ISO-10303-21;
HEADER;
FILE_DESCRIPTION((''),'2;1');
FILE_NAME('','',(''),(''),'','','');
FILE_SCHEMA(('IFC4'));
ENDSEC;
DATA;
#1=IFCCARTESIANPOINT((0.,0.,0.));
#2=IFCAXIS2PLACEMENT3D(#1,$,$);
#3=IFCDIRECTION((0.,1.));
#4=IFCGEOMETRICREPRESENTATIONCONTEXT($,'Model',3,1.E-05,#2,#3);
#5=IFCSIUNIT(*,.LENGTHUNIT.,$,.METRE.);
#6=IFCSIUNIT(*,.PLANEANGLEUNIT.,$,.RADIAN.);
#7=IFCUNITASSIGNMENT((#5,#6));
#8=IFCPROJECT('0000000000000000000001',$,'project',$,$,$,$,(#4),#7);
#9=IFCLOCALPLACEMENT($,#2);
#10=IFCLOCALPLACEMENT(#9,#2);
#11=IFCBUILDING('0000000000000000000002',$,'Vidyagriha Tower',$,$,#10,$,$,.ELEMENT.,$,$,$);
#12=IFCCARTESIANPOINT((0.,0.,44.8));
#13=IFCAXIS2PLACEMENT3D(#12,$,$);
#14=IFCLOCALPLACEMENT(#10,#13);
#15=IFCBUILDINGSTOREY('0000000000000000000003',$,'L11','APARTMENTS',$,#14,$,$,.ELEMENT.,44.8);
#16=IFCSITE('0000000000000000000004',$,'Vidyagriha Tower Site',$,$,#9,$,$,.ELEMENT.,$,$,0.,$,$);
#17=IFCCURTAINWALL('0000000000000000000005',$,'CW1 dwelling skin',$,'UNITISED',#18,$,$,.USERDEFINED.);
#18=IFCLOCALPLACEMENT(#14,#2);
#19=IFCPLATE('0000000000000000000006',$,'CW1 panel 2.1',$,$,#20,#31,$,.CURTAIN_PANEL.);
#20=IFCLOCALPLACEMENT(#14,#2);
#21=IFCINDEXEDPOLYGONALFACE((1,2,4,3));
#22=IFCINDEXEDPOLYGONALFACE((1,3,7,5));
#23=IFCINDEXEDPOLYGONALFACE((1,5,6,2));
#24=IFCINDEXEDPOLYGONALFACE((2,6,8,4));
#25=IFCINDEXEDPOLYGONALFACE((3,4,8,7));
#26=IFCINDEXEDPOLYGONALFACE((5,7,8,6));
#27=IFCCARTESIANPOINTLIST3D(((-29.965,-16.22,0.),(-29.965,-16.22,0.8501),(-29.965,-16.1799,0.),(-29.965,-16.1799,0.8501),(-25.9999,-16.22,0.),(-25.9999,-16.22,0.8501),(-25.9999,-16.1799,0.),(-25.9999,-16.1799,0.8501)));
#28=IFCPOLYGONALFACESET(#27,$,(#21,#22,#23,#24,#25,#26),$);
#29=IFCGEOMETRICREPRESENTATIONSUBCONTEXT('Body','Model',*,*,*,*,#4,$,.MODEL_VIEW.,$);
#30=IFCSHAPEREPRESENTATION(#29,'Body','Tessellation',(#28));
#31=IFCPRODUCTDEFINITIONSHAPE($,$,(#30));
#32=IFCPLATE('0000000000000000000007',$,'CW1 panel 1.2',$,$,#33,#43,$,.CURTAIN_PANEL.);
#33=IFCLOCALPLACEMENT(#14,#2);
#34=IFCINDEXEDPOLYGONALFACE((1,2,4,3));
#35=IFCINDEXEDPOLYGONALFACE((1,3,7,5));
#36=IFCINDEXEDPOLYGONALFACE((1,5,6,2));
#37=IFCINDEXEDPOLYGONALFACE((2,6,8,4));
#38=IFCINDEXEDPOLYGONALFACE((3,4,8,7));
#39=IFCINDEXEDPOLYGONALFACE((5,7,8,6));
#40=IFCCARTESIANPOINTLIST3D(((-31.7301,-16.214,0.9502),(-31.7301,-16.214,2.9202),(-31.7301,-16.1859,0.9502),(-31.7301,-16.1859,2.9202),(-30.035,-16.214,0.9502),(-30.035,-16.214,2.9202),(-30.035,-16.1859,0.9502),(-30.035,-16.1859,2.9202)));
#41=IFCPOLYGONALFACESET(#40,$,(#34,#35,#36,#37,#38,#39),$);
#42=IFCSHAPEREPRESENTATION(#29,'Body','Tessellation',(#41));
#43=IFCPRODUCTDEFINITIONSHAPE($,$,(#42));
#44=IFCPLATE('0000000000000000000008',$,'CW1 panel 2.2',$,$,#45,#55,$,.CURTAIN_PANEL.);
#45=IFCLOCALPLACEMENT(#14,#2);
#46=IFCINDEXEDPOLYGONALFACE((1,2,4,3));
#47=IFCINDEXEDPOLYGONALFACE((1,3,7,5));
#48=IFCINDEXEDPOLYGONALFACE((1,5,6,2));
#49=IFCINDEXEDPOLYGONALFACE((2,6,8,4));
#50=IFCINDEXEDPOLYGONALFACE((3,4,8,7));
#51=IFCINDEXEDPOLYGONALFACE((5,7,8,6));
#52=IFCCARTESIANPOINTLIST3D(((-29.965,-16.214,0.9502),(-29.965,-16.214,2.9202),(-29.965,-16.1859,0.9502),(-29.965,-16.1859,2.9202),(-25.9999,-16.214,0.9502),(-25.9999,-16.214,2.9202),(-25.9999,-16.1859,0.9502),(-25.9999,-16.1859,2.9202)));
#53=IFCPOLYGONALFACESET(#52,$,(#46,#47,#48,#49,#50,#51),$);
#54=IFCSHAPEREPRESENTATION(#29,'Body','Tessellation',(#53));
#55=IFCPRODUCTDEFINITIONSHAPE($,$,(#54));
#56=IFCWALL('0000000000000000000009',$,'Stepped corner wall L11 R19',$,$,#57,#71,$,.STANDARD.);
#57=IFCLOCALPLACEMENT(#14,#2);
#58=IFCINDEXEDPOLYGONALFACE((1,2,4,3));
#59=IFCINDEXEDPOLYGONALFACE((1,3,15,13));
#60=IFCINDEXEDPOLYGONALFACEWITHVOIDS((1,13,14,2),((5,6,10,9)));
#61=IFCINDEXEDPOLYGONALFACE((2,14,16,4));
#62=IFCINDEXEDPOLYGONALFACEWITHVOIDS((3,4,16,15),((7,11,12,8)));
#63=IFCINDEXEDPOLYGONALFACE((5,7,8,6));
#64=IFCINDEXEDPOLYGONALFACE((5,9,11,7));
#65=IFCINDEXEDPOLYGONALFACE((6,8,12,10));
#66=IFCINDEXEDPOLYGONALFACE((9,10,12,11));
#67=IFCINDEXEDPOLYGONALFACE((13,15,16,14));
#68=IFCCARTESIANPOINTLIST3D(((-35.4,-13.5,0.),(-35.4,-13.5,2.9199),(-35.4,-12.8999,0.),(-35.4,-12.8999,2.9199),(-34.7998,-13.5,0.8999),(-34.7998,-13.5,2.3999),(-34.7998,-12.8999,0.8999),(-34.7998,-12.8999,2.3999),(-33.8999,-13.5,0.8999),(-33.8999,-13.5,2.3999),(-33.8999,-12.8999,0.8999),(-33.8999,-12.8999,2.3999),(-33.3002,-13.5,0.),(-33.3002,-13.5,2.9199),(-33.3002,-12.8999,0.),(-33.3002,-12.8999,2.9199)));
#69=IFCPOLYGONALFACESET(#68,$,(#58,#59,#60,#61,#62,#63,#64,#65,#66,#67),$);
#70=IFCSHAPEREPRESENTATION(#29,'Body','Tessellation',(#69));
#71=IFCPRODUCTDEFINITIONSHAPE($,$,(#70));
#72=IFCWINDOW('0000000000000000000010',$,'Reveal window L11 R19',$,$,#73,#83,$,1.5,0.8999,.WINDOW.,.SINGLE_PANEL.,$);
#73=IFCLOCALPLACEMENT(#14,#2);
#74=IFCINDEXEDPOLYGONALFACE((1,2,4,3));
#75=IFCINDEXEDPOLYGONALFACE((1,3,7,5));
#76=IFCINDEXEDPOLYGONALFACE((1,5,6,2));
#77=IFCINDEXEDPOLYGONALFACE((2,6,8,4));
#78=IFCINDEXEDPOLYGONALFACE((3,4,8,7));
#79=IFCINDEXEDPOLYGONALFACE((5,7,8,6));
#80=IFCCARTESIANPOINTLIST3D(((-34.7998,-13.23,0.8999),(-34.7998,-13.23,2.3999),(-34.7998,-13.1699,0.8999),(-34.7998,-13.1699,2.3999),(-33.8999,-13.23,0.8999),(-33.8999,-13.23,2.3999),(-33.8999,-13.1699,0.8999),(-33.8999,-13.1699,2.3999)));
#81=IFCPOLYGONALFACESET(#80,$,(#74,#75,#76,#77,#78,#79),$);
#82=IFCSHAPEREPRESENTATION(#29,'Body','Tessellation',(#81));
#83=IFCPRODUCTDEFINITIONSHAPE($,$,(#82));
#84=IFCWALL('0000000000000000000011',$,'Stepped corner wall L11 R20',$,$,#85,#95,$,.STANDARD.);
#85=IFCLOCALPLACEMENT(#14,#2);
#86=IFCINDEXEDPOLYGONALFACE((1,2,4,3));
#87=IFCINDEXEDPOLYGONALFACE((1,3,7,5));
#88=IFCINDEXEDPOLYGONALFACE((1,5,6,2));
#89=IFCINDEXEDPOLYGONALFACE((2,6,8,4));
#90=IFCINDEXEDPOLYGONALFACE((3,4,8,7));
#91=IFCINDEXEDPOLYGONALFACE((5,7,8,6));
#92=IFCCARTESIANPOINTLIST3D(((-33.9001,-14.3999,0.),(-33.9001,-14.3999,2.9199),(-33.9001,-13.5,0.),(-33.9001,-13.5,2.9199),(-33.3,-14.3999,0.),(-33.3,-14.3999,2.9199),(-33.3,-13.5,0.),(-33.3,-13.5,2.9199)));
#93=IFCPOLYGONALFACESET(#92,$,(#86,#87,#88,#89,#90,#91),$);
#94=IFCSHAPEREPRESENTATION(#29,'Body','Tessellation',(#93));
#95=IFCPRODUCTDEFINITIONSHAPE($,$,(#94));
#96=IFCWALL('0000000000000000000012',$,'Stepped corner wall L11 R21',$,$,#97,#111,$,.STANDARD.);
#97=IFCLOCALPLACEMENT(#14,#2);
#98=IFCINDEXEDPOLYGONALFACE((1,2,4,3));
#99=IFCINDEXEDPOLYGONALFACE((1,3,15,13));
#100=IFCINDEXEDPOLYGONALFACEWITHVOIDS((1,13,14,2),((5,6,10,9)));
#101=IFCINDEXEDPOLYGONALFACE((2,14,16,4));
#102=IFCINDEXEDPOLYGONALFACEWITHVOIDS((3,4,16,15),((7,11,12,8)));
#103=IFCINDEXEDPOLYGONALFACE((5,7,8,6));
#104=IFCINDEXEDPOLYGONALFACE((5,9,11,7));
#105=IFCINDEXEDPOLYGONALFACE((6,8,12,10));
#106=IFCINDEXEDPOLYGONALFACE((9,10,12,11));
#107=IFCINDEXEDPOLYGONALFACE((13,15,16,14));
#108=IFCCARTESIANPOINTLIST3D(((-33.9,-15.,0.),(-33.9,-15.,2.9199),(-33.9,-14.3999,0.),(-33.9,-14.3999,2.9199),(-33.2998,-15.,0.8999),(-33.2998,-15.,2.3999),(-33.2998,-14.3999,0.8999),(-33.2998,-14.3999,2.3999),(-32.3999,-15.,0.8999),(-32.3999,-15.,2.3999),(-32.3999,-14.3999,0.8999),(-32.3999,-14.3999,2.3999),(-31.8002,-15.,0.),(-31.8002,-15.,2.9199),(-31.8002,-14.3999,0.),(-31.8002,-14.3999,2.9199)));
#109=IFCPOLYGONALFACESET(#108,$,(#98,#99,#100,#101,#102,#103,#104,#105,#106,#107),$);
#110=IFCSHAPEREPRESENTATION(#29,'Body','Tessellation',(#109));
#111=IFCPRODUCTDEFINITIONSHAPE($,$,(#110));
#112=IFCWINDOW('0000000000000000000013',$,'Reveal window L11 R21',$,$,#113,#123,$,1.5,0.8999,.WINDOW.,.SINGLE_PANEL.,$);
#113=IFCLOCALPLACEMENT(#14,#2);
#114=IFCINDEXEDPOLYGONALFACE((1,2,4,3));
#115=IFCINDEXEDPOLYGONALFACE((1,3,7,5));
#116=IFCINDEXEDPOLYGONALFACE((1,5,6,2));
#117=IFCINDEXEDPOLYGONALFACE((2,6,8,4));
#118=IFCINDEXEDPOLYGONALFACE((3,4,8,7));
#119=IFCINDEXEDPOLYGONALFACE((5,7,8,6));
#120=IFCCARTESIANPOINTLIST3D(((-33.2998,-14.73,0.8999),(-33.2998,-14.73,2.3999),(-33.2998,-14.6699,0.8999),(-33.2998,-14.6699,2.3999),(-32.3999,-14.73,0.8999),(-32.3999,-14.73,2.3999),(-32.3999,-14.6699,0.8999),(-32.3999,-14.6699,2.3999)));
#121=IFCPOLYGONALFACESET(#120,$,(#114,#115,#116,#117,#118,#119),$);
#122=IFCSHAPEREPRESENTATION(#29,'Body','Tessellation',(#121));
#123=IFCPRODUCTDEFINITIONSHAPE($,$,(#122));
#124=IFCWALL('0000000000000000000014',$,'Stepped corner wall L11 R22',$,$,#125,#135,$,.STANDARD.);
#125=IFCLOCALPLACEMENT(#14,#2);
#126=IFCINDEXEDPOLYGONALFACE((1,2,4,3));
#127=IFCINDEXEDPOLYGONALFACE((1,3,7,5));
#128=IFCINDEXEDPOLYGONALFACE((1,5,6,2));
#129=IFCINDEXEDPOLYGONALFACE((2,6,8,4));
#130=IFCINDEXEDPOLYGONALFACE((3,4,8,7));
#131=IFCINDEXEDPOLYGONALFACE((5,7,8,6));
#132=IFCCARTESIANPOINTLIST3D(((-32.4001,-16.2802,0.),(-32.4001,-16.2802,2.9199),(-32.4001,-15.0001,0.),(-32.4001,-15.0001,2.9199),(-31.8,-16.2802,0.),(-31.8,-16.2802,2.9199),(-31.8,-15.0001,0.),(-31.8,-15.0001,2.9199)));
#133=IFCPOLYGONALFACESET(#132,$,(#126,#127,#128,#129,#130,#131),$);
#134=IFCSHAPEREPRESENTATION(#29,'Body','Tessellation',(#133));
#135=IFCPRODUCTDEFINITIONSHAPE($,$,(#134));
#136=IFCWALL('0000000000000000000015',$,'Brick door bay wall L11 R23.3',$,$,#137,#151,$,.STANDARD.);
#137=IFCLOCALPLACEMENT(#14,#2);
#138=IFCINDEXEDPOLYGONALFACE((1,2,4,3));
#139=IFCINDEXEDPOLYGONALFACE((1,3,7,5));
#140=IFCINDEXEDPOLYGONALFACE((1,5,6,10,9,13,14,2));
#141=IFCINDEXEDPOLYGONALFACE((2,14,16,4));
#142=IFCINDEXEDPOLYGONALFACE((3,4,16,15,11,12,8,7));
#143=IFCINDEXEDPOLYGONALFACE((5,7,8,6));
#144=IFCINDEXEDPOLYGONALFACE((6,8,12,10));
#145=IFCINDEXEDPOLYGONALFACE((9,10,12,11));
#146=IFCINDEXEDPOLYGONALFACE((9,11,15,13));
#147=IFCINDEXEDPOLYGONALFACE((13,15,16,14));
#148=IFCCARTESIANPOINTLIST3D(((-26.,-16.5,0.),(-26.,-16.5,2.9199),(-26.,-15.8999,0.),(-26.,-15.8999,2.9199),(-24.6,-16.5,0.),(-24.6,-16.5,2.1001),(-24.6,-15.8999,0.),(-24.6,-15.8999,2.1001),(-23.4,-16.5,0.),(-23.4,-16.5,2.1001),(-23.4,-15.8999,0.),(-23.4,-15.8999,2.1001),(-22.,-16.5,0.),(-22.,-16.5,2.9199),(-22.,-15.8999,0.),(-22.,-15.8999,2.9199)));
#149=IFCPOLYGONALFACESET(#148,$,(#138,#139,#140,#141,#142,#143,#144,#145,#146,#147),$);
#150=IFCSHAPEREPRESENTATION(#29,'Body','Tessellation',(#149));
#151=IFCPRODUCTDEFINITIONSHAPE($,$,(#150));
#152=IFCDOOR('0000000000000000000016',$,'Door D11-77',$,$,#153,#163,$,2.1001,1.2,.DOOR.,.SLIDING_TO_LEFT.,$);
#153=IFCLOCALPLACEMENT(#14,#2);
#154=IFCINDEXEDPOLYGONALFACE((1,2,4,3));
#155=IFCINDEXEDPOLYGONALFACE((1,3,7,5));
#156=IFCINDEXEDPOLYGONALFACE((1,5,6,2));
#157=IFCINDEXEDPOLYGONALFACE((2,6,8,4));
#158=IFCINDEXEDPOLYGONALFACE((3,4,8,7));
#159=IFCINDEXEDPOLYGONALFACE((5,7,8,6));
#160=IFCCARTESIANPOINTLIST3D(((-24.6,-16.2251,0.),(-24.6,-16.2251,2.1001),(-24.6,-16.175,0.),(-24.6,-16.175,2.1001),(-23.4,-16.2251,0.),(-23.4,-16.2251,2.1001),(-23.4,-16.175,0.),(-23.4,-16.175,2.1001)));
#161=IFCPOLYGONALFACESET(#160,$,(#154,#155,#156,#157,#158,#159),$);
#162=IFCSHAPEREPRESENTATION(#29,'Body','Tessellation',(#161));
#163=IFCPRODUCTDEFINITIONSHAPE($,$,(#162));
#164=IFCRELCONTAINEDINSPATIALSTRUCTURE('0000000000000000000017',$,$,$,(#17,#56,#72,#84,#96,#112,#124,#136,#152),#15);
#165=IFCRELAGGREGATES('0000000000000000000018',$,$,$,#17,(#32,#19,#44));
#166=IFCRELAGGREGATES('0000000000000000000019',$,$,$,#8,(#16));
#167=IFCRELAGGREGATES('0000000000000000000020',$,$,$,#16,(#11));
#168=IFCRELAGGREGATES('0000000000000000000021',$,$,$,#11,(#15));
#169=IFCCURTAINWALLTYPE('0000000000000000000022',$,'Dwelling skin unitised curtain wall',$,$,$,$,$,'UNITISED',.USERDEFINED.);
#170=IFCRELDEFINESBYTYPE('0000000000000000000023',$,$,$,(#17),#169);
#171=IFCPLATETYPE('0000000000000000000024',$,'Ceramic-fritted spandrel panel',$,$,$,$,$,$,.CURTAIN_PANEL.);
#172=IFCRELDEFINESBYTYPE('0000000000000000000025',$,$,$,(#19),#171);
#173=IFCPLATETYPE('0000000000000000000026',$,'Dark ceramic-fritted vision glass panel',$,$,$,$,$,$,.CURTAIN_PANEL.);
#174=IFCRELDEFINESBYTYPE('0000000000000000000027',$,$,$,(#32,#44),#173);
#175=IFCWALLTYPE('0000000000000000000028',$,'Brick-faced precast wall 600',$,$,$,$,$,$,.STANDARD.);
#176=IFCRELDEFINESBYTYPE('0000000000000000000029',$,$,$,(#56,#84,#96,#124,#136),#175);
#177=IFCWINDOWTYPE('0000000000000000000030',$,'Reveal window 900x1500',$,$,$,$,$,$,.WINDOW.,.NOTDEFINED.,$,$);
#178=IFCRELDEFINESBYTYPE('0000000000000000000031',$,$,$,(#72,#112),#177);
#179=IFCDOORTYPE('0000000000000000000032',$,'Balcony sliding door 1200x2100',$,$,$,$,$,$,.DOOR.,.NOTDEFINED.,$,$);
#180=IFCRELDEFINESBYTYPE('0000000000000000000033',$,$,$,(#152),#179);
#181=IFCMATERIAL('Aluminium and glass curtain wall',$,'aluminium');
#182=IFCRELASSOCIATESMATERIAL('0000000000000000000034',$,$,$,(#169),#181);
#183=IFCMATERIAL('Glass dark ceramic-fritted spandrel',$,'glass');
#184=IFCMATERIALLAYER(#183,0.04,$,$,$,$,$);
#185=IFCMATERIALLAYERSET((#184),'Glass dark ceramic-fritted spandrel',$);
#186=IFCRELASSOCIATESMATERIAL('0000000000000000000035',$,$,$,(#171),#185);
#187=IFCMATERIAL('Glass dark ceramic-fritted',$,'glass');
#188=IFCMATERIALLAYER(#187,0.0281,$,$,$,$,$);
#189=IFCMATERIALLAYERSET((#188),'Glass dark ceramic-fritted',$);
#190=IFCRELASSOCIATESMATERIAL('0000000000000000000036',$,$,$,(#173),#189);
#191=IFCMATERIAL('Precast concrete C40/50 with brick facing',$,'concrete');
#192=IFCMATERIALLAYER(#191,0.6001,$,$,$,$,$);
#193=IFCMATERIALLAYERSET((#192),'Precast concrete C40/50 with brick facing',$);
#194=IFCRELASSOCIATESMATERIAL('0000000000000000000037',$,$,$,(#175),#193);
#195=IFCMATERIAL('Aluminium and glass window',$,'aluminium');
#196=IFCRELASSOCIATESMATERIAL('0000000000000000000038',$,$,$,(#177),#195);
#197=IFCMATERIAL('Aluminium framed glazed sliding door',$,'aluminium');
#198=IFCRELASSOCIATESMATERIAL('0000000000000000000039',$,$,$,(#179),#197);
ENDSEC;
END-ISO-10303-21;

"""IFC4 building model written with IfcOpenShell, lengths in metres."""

from ifc_helpers import new_model, si_unit, direction, frame, frame_2d, origin, origin_2d, place, context, subcontext, project, spatial, rectangle, extrude, material, layer, layer_set, type_object, element, fill, aggregate, save


model = new_model("IFC4")

# Units and contexts
model_context = context("Model", 3, precision=1e-05, world=origin(), true_north=direction((0.0, 1.0)))
body_context = subcontext(model_context, "Body", "Model", "MODEL_VIEW")
ifc_project = project(units=[si_unit("LENGTHUNIT", "METRE"), si_unit("PLANEANGLEUNIT", "RADIAN")], contexts=[model_context])

# Site, building, storey
site_placement = place(None, origin())
site = spatial("IfcSite", under=ifc_project, at=site_placement, Name="Vidyagriha Tower Site", CompositionType="ELEMENT", RefElevation=0.0)
building_placement = place(site_placement, origin())
building = spatial("IfcBuilding", under=site, at=building_placement, Name="Vidyagriha Tower", CompositionType="ELEMENT")
storey_placement = place(building_placement, frame((0.0, 0.0, 44.8)))
storey = spatial("IfcBuildingStorey", under=building, at=storey_placement, Name="L11", Description="APARTMENTS", CompositionType="ELEMENT", Elevation=44.8)

# Curtain wall, plates
ifc_material_1 = material(Name="Aluminium and glass curtain wall", Category="aluminium")
curtain_wall_type = type_object("IfcCurtainWallType", Name="Dwelling skin unitised curtain wall", ElementType="UNITISED", PredefinedType="USERDEFINED", material=ifc_material_1)
curtain_wall_placement = place(storey_placement, origin())
curtain_wall = element("IfcCurtainWall", 1, at=curtain_wall_placement, inside=storey, type_object=curtain_wall_type, Name="CW1 dwelling skin", ObjectType="UNITISED", PredefinedType="USERDEFINED")
ifc_material_2 = material(Name="Glass dark ceramic-fritted spandrel", Category="glass")
ifc_layer_1 = layer(ifc_material_2, 0.04)
ifc_layer_set_1 = layer_set([ifc_layer_1], Name="Glass dark ceramic-fritted spandrel")
plate_type_1 = type_object("IfcPlateType", Name="Ceramic-fritted spandrel panel", PredefinedType="CURTAIN_PANEL", material=ifc_layer_set_1)
plate_1_placement = place(storey_placement, frame((-27.9824, -16.2, 0.0)))
plate_1 = element("IfcPlate", 2, at=plate_1_placement, type_object=plate_type_1, Name="CW1 panel 2.1", PredefinedType="CURTAIN_PANEL", context=body_context, shape_type="SweptSolid", body=[
    extrude(rectangle(XDim=3.9651, YDim=0.04, at=origin_2d()), origin(), (0.0, 0.0, 1.0), 0.8501),
])
ifc_material_3 = material(Name="Glass dark ceramic-fritted", Category="glass")
ifc_layer_2 = layer(ifc_material_3, 0.0281)
ifc_layer_set_2 = layer_set([ifc_layer_2], Name="Glass dark ceramic-fritted")
plate_type_2 = type_object("IfcPlateType", Name="Dark ceramic-fritted vision glass panel", PredefinedType="CURTAIN_PANEL", material=ifc_layer_set_2)
plate_2_placement = place(storey_placement, frame((-30.8826, -16.2, 0.9502)))
plate_2 = element("IfcPlate", 3, at=plate_2_placement, type_object=plate_type_2, Name="CW1 panel 1.2", PredefinedType="CURTAIN_PANEL", context=body_context, shape_type="SweptSolid", body=[
    extrude(rectangle(XDim=1.6951, YDim=0.0281, at=origin_2d()), origin(), (0.0, 0.0, 1.0), 1.97),
])
plate_3_placement = place(storey_placement, frame((-27.9824, -16.2, 0.9502)))
plate_3 = element("IfcPlate", 4, at=plate_3_placement, type_object=plate_type_2, Name="CW1 panel 2.2", PredefinedType="CURTAIN_PANEL", context=body_context, shape_type="SweptSolid", body=[
    extrude(rectangle(XDim=3.9651, YDim=0.0281, at=origin_2d()), origin(), (0.0, 0.0, 1.0), 1.97),
])
aggregate(curtain_wall, [plate_2, plate_1, plate_3])

# Wall, opening, window
ifc_material_4 = material(Name="Precast concrete C40/50 with brick facing", Category="concrete")
ifc_layer_3 = layer(ifc_material_4, 0.6001)
ifc_layer_set_3 = layer_set([ifc_layer_3], Name="Precast concrete C40/50 with brick facing")
wall_type = type_object("IfcWallType", Name="Brick-faced precast wall 600", PredefinedType="STANDARD", material=ifc_layer_set_3)
wall_1_placement = place(storey_placement, frame((-35.3999, -13.2, 0.0)))
wall_1 = element("IfcWall", 5, at=wall_1_placement, inside=storey, type_object=wall_type, Name="Stepped corner wall L11 R19", PredefinedType="STANDARD", context=body_context, shape_type="SweptSolid", body=[
    extrude(rectangle(XDim=2.0999, YDim=0.6001, at=frame_2d((1.0498, 0.0))), origin(), (0.0, 0.0, 1.0), 2.9199),
])
opening_1_placement = place(wall_1_placement, frame((0.6001, 0.0, 0.8999)))
opening_1 = element("IfcOpeningElement", 6, at=opening_1_placement, cuts=wall_1, PredefinedType="OPENING", context=body_context, shape_type="SweptSolid", body=[
    extrude(rectangle(XDim=0.8999, YDim=1.5, at=frame_2d((0.45, 0.75))), frame((0.0, 0.3101, 0.0), z_axis=(0.0, -1.0, 0.0), x_axis=(1.0, 0.0, 0.0)), (0.0, 0.0, 1.0), 0.6201),
])
ifc_material_5 = material(Name="Aluminium and glass window", Category="aluminium")
window_type = type_object("IfcWindowType", Name="Reveal window 900x1500", PartitioningType="NOTDEFINED", PredefinedType="WINDOW", material=ifc_material_5)
window_1_placement = place(opening_1_placement, origin())
window_1 = element("IfcWindow", 7, at=window_1_placement, inside=storey, type_object=window_type, Name="Reveal window L11 R19", OverallHeight=1.5, OverallWidth=0.8999, PartitioningType="SINGLE_PANEL", PredefinedType="WINDOW", context=body_context, shape_type="SweptSolid", body=[
    extrude(rectangle(XDim=0.8999, YDim=1.5, at=frame_2d((0.45, 0.75))), frame((0.0, 0.03, 0.0), z_axis=(0.0, -1.0, 0.0), x_axis=(1.0, 0.0, 0.0)), (0.0, 0.0, 1.0), 0.0601),
])
fill(opening_1, window_1)

# Wall
wall_2_placement = place(storey_placement, frame((-33.6001, -13.5, 0.0), z_axis=(0.0, 0.0, 1.0), x_axis=(0.0, -1.0, 0.0)))
element("IfcWall", 8, at=wall_2_placement, inside=storey, type_object=wall_type, Name="Stepped corner wall L11 R20", PredefinedType="STANDARD", context=body_context, shape_type="SweptSolid", body=[
    extrude(rectangle(XDim=0.8999, YDim=0.6001, at=frame_2d((0.45, 0.0))), origin(), (0.0, 0.0, 1.0), 2.9199),
])

# Wall, opening, window
wall_3_placement = place(storey_placement, frame((-33.8999, -14.7, 0.0)))
wall_3 = element("IfcWall", 9, at=wall_3_placement, inside=storey, type_object=wall_type, Name="Stepped corner wall L11 R21", PredefinedType="STANDARD", context=body_context, shape_type="SweptSolid", body=[
    extrude(rectangle(XDim=2.0999, YDim=0.6001, at=frame_2d((1.0498, 0.0))), origin(), (0.0, 0.0, 1.0), 2.9199),
])
opening_2_placement = place(wall_3_placement, frame((0.6001, 0.0, 0.8999)))
opening_2 = element("IfcOpeningElement", 10, at=opening_2_placement, cuts=wall_3, PredefinedType="OPENING", context=body_context, shape_type="SweptSolid", body=[
    extrude(rectangle(XDim=0.8999, YDim=1.5, at=frame_2d((0.45, 0.75))), frame((0.0, 0.3101, 0.0), z_axis=(0.0, -1.0, 0.0), x_axis=(1.0, 0.0, 0.0)), (0.0, 0.0, 1.0), 0.6201),
])
window_2_placement = place(opening_2_placement, origin())
window_2 = element("IfcWindow", 11, at=window_2_placement, inside=storey, type_object=window_type, Name="Reveal window L11 R21", OverallHeight=1.5, OverallWidth=0.8999, PartitioningType="SINGLE_PANEL", PredefinedType="WINDOW", context=body_context, shape_type="SweptSolid", body=[
    extrude(rectangle(XDim=0.8999, YDim=1.5, at=frame_2d((0.45, 0.75))), frame((0.0, 0.03, 0.0), z_axis=(0.0, -1.0, 0.0), x_axis=(1.0, 0.0, 0.0)), (0.0, 0.0, 1.0), 0.0601),
])
fill(opening_2, window_2)

# Wall
wall_4_placement = place(storey_placement, frame((-32.1001, -15.0, 0.0), z_axis=(0.0, 0.0, 1.0), x_axis=(0.0, -1.0, 0.0)))
element("IfcWall", 12, at=wall_4_placement, inside=storey, type_object=wall_type, Name="Stepped corner wall L11 R22", PredefinedType="STANDARD", context=body_context, shape_type="SweptSolid", body=[
    extrude(rectangle(XDim=1.28, YDim=0.6001, at=frame_2d((0.6401, 0.0))), origin(), (0.0, 0.0, 1.0), 2.9199),
])

# Wall, opening, door
wall_5_placement = place(storey_placement, frame((-26.0, -16.2, 0.0)))
wall_5 = element("IfcWall", 13, at=wall_5_placement, inside=storey, type_object=wall_type, Name="Brick door bay wall L11 R23.3", PredefinedType="STANDARD", context=body_context, shape_type="SweptSolid", body=[
    extrude(rectangle(XDim=4.0, YDim=0.6001, at=frame_2d((2.0, 0.0))), origin(), (0.0, 0.0, 1.0), 2.9199),
])
opening_3_placement = place(wall_5_placement, frame((1.3999, 0.0, 0.0)))
opening_3 = element("IfcOpeningElement", 14, at=opening_3_placement, cuts=wall_5, PredefinedType="OPENING", context=body_context, shape_type="SweptSolid", body=[
    extrude(rectangle(XDim=1.2, YDim=2.1001, at=frame_2d((0.6001, 1.05))), frame((0.0, 0.3101, 0.0), z_axis=(0.0, -1.0, 0.0), x_axis=(1.0, 0.0, 0.0)), (0.0, 0.0, 1.0), 0.6201),
])
ifc_material_6 = material(Name="Aluminium framed glazed sliding door", Category="aluminium")
door_type = type_object("IfcDoorType", Name="Balcony sliding door 1200x2100", OperationType="NOTDEFINED", PredefinedType="DOOR", material=ifc_material_6)
door_placement = place(opening_3_placement, origin())
door = element("IfcDoor", 15, at=door_placement, inside=storey, type_object=door_type, Name="Door D11-77", OperationType="SLIDING_TO_LEFT", OverallHeight=2.1001, OverallWidth=1.2, PredefinedType="DOOR", context=body_context, shape_type="SweptSolid", body=[
    extrude(rectangle(XDim=1.2, YDim=2.1001, at=frame_2d((0.6001, 1.05))), frame((0.0, 0.0249, 0.0), z_axis=(0.0, -1.0, 0.0), x_axis=(1.0, 0.0, 0.0)), (0.0, 0.0, 1.0), 0.05),
])
fill(opening_3, door)

save(model, "model.ifc")
